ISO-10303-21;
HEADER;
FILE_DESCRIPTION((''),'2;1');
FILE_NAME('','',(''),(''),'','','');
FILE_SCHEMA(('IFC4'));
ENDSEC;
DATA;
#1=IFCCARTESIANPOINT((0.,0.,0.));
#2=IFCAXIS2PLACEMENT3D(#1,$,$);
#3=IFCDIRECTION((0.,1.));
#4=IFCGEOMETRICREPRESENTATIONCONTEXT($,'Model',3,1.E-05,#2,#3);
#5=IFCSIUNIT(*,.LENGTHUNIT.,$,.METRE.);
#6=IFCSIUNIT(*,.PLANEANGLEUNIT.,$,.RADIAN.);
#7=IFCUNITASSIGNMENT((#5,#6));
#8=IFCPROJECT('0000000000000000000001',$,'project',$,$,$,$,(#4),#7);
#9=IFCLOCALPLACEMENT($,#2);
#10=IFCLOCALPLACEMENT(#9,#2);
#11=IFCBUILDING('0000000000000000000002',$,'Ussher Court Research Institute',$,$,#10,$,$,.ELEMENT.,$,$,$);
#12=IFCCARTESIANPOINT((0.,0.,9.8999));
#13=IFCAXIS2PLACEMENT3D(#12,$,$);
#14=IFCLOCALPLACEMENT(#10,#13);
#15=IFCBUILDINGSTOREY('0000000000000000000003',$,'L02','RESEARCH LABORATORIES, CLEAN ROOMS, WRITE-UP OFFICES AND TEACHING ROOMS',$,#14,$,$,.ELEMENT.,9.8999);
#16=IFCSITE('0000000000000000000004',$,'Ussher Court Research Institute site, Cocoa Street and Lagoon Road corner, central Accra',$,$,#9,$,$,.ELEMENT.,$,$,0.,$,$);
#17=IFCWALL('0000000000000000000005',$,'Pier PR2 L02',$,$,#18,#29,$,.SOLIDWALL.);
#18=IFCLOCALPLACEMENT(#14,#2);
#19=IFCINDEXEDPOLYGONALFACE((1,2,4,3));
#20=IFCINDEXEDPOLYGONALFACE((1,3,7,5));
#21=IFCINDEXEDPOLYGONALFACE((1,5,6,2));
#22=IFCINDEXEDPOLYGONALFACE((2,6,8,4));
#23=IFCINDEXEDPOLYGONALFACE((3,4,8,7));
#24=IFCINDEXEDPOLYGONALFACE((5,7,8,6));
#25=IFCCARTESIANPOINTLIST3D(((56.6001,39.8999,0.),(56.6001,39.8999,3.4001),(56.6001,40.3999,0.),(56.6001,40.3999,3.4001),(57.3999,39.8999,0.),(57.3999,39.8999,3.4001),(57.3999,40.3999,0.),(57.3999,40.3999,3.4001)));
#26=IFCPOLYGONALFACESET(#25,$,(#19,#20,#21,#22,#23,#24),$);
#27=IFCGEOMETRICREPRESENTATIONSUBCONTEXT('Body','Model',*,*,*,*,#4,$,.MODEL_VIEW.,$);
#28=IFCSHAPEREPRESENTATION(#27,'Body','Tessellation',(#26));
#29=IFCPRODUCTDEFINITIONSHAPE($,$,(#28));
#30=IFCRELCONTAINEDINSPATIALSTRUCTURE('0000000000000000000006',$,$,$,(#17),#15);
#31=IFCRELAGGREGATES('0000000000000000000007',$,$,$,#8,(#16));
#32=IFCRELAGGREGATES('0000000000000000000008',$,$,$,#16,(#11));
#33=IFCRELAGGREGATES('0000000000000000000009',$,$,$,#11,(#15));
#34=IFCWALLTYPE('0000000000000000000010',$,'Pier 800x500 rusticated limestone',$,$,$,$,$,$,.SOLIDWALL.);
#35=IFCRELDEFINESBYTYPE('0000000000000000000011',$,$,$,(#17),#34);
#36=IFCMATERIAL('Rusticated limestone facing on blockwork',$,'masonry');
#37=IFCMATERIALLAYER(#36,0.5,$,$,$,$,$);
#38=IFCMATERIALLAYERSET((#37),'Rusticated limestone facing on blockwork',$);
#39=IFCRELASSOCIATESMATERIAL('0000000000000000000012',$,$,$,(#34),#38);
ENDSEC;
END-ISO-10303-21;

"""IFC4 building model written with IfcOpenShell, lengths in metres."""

from ifc_helpers import new_model, si_unit, direction, frame, frame_2d, origin, place, context, subcontext, project, spatial, rectangle, extrude, material, layer, layer_set, type_object, element, save


model = new_model("IFC4")

# Units and contexts
model_context = context("Model", 3, precision=1e-05, world=origin(), true_north=direction((0.0, 1.0)))
body_context = subcontext(model_context, "Body", "Model", "MODEL_VIEW")
ifc_project = project(units=[si_unit("LENGTHUNIT", "METRE"), si_unit("PLANEANGLEUNIT", "RADIAN")], contexts=[model_context])

# Site, building, storey
site_placement = place(None, origin())
site = spatial("IfcSite", under=ifc_project, at=site_placement, Name="Ussher Court Research Institute site, Cocoa Street and Lagoon Road corner, central Accra", CompositionType="ELEMENT", RefElevation=0.0)
building_placement = place(site_placement, origin())
building = spatial("IfcBuilding", under=site, at=building_placement, Name="Ussher Court Research Institute", CompositionType="ELEMENT")
storey_placement = place(building_placement, frame((0.0, 0.0, 9.8999)))
storey = spatial("IfcBuildingStorey", under=building, at=storey_placement, Name="L02", Description="RESEARCH LABORATORIES, CLEAN ROOMS, WRITE-UP OFFICES AND TEACHING ROOMS", CompositionType="ELEMENT", Elevation=9.8999)

# Wall
ifc_material_1 = material(Name="Rusticated limestone facing on blockwork", Category="masonry")
ifc_layer_1 = layer(ifc_material_1, 0.5)
ifc_layer_set_1 = layer_set([ifc_layer_1], Name="Rusticated limestone facing on blockwork")
wall_type_1 = type_object("IfcWallType", Name="Pier 800x500 rusticated limestone", PredefinedType="SOLIDWALL", material=ifc_layer_set_1)
wall_1_placement = place(storey_placement, frame((56.6001, 40.1499, 0.0), z_axis=(0.0, 0.0, 1.0), x_axis=(1.0, 0.0, 0.0)))
element("IfcWall", 1, at=wall_1_placement, inside=storey, type_object=wall_type_1, Name="Pier PR2 L02", PredefinedType="SOLIDWALL", context=body_context, shape_type="SweptSolid", body=[
    extrude(rectangle(XDim=0.7998, YDim=0.5, at=frame_2d((0.3999, 0.0))), origin(), (0.0, 0.0, 1.0), 3.4001),
])

save(model, "model.ifc")
